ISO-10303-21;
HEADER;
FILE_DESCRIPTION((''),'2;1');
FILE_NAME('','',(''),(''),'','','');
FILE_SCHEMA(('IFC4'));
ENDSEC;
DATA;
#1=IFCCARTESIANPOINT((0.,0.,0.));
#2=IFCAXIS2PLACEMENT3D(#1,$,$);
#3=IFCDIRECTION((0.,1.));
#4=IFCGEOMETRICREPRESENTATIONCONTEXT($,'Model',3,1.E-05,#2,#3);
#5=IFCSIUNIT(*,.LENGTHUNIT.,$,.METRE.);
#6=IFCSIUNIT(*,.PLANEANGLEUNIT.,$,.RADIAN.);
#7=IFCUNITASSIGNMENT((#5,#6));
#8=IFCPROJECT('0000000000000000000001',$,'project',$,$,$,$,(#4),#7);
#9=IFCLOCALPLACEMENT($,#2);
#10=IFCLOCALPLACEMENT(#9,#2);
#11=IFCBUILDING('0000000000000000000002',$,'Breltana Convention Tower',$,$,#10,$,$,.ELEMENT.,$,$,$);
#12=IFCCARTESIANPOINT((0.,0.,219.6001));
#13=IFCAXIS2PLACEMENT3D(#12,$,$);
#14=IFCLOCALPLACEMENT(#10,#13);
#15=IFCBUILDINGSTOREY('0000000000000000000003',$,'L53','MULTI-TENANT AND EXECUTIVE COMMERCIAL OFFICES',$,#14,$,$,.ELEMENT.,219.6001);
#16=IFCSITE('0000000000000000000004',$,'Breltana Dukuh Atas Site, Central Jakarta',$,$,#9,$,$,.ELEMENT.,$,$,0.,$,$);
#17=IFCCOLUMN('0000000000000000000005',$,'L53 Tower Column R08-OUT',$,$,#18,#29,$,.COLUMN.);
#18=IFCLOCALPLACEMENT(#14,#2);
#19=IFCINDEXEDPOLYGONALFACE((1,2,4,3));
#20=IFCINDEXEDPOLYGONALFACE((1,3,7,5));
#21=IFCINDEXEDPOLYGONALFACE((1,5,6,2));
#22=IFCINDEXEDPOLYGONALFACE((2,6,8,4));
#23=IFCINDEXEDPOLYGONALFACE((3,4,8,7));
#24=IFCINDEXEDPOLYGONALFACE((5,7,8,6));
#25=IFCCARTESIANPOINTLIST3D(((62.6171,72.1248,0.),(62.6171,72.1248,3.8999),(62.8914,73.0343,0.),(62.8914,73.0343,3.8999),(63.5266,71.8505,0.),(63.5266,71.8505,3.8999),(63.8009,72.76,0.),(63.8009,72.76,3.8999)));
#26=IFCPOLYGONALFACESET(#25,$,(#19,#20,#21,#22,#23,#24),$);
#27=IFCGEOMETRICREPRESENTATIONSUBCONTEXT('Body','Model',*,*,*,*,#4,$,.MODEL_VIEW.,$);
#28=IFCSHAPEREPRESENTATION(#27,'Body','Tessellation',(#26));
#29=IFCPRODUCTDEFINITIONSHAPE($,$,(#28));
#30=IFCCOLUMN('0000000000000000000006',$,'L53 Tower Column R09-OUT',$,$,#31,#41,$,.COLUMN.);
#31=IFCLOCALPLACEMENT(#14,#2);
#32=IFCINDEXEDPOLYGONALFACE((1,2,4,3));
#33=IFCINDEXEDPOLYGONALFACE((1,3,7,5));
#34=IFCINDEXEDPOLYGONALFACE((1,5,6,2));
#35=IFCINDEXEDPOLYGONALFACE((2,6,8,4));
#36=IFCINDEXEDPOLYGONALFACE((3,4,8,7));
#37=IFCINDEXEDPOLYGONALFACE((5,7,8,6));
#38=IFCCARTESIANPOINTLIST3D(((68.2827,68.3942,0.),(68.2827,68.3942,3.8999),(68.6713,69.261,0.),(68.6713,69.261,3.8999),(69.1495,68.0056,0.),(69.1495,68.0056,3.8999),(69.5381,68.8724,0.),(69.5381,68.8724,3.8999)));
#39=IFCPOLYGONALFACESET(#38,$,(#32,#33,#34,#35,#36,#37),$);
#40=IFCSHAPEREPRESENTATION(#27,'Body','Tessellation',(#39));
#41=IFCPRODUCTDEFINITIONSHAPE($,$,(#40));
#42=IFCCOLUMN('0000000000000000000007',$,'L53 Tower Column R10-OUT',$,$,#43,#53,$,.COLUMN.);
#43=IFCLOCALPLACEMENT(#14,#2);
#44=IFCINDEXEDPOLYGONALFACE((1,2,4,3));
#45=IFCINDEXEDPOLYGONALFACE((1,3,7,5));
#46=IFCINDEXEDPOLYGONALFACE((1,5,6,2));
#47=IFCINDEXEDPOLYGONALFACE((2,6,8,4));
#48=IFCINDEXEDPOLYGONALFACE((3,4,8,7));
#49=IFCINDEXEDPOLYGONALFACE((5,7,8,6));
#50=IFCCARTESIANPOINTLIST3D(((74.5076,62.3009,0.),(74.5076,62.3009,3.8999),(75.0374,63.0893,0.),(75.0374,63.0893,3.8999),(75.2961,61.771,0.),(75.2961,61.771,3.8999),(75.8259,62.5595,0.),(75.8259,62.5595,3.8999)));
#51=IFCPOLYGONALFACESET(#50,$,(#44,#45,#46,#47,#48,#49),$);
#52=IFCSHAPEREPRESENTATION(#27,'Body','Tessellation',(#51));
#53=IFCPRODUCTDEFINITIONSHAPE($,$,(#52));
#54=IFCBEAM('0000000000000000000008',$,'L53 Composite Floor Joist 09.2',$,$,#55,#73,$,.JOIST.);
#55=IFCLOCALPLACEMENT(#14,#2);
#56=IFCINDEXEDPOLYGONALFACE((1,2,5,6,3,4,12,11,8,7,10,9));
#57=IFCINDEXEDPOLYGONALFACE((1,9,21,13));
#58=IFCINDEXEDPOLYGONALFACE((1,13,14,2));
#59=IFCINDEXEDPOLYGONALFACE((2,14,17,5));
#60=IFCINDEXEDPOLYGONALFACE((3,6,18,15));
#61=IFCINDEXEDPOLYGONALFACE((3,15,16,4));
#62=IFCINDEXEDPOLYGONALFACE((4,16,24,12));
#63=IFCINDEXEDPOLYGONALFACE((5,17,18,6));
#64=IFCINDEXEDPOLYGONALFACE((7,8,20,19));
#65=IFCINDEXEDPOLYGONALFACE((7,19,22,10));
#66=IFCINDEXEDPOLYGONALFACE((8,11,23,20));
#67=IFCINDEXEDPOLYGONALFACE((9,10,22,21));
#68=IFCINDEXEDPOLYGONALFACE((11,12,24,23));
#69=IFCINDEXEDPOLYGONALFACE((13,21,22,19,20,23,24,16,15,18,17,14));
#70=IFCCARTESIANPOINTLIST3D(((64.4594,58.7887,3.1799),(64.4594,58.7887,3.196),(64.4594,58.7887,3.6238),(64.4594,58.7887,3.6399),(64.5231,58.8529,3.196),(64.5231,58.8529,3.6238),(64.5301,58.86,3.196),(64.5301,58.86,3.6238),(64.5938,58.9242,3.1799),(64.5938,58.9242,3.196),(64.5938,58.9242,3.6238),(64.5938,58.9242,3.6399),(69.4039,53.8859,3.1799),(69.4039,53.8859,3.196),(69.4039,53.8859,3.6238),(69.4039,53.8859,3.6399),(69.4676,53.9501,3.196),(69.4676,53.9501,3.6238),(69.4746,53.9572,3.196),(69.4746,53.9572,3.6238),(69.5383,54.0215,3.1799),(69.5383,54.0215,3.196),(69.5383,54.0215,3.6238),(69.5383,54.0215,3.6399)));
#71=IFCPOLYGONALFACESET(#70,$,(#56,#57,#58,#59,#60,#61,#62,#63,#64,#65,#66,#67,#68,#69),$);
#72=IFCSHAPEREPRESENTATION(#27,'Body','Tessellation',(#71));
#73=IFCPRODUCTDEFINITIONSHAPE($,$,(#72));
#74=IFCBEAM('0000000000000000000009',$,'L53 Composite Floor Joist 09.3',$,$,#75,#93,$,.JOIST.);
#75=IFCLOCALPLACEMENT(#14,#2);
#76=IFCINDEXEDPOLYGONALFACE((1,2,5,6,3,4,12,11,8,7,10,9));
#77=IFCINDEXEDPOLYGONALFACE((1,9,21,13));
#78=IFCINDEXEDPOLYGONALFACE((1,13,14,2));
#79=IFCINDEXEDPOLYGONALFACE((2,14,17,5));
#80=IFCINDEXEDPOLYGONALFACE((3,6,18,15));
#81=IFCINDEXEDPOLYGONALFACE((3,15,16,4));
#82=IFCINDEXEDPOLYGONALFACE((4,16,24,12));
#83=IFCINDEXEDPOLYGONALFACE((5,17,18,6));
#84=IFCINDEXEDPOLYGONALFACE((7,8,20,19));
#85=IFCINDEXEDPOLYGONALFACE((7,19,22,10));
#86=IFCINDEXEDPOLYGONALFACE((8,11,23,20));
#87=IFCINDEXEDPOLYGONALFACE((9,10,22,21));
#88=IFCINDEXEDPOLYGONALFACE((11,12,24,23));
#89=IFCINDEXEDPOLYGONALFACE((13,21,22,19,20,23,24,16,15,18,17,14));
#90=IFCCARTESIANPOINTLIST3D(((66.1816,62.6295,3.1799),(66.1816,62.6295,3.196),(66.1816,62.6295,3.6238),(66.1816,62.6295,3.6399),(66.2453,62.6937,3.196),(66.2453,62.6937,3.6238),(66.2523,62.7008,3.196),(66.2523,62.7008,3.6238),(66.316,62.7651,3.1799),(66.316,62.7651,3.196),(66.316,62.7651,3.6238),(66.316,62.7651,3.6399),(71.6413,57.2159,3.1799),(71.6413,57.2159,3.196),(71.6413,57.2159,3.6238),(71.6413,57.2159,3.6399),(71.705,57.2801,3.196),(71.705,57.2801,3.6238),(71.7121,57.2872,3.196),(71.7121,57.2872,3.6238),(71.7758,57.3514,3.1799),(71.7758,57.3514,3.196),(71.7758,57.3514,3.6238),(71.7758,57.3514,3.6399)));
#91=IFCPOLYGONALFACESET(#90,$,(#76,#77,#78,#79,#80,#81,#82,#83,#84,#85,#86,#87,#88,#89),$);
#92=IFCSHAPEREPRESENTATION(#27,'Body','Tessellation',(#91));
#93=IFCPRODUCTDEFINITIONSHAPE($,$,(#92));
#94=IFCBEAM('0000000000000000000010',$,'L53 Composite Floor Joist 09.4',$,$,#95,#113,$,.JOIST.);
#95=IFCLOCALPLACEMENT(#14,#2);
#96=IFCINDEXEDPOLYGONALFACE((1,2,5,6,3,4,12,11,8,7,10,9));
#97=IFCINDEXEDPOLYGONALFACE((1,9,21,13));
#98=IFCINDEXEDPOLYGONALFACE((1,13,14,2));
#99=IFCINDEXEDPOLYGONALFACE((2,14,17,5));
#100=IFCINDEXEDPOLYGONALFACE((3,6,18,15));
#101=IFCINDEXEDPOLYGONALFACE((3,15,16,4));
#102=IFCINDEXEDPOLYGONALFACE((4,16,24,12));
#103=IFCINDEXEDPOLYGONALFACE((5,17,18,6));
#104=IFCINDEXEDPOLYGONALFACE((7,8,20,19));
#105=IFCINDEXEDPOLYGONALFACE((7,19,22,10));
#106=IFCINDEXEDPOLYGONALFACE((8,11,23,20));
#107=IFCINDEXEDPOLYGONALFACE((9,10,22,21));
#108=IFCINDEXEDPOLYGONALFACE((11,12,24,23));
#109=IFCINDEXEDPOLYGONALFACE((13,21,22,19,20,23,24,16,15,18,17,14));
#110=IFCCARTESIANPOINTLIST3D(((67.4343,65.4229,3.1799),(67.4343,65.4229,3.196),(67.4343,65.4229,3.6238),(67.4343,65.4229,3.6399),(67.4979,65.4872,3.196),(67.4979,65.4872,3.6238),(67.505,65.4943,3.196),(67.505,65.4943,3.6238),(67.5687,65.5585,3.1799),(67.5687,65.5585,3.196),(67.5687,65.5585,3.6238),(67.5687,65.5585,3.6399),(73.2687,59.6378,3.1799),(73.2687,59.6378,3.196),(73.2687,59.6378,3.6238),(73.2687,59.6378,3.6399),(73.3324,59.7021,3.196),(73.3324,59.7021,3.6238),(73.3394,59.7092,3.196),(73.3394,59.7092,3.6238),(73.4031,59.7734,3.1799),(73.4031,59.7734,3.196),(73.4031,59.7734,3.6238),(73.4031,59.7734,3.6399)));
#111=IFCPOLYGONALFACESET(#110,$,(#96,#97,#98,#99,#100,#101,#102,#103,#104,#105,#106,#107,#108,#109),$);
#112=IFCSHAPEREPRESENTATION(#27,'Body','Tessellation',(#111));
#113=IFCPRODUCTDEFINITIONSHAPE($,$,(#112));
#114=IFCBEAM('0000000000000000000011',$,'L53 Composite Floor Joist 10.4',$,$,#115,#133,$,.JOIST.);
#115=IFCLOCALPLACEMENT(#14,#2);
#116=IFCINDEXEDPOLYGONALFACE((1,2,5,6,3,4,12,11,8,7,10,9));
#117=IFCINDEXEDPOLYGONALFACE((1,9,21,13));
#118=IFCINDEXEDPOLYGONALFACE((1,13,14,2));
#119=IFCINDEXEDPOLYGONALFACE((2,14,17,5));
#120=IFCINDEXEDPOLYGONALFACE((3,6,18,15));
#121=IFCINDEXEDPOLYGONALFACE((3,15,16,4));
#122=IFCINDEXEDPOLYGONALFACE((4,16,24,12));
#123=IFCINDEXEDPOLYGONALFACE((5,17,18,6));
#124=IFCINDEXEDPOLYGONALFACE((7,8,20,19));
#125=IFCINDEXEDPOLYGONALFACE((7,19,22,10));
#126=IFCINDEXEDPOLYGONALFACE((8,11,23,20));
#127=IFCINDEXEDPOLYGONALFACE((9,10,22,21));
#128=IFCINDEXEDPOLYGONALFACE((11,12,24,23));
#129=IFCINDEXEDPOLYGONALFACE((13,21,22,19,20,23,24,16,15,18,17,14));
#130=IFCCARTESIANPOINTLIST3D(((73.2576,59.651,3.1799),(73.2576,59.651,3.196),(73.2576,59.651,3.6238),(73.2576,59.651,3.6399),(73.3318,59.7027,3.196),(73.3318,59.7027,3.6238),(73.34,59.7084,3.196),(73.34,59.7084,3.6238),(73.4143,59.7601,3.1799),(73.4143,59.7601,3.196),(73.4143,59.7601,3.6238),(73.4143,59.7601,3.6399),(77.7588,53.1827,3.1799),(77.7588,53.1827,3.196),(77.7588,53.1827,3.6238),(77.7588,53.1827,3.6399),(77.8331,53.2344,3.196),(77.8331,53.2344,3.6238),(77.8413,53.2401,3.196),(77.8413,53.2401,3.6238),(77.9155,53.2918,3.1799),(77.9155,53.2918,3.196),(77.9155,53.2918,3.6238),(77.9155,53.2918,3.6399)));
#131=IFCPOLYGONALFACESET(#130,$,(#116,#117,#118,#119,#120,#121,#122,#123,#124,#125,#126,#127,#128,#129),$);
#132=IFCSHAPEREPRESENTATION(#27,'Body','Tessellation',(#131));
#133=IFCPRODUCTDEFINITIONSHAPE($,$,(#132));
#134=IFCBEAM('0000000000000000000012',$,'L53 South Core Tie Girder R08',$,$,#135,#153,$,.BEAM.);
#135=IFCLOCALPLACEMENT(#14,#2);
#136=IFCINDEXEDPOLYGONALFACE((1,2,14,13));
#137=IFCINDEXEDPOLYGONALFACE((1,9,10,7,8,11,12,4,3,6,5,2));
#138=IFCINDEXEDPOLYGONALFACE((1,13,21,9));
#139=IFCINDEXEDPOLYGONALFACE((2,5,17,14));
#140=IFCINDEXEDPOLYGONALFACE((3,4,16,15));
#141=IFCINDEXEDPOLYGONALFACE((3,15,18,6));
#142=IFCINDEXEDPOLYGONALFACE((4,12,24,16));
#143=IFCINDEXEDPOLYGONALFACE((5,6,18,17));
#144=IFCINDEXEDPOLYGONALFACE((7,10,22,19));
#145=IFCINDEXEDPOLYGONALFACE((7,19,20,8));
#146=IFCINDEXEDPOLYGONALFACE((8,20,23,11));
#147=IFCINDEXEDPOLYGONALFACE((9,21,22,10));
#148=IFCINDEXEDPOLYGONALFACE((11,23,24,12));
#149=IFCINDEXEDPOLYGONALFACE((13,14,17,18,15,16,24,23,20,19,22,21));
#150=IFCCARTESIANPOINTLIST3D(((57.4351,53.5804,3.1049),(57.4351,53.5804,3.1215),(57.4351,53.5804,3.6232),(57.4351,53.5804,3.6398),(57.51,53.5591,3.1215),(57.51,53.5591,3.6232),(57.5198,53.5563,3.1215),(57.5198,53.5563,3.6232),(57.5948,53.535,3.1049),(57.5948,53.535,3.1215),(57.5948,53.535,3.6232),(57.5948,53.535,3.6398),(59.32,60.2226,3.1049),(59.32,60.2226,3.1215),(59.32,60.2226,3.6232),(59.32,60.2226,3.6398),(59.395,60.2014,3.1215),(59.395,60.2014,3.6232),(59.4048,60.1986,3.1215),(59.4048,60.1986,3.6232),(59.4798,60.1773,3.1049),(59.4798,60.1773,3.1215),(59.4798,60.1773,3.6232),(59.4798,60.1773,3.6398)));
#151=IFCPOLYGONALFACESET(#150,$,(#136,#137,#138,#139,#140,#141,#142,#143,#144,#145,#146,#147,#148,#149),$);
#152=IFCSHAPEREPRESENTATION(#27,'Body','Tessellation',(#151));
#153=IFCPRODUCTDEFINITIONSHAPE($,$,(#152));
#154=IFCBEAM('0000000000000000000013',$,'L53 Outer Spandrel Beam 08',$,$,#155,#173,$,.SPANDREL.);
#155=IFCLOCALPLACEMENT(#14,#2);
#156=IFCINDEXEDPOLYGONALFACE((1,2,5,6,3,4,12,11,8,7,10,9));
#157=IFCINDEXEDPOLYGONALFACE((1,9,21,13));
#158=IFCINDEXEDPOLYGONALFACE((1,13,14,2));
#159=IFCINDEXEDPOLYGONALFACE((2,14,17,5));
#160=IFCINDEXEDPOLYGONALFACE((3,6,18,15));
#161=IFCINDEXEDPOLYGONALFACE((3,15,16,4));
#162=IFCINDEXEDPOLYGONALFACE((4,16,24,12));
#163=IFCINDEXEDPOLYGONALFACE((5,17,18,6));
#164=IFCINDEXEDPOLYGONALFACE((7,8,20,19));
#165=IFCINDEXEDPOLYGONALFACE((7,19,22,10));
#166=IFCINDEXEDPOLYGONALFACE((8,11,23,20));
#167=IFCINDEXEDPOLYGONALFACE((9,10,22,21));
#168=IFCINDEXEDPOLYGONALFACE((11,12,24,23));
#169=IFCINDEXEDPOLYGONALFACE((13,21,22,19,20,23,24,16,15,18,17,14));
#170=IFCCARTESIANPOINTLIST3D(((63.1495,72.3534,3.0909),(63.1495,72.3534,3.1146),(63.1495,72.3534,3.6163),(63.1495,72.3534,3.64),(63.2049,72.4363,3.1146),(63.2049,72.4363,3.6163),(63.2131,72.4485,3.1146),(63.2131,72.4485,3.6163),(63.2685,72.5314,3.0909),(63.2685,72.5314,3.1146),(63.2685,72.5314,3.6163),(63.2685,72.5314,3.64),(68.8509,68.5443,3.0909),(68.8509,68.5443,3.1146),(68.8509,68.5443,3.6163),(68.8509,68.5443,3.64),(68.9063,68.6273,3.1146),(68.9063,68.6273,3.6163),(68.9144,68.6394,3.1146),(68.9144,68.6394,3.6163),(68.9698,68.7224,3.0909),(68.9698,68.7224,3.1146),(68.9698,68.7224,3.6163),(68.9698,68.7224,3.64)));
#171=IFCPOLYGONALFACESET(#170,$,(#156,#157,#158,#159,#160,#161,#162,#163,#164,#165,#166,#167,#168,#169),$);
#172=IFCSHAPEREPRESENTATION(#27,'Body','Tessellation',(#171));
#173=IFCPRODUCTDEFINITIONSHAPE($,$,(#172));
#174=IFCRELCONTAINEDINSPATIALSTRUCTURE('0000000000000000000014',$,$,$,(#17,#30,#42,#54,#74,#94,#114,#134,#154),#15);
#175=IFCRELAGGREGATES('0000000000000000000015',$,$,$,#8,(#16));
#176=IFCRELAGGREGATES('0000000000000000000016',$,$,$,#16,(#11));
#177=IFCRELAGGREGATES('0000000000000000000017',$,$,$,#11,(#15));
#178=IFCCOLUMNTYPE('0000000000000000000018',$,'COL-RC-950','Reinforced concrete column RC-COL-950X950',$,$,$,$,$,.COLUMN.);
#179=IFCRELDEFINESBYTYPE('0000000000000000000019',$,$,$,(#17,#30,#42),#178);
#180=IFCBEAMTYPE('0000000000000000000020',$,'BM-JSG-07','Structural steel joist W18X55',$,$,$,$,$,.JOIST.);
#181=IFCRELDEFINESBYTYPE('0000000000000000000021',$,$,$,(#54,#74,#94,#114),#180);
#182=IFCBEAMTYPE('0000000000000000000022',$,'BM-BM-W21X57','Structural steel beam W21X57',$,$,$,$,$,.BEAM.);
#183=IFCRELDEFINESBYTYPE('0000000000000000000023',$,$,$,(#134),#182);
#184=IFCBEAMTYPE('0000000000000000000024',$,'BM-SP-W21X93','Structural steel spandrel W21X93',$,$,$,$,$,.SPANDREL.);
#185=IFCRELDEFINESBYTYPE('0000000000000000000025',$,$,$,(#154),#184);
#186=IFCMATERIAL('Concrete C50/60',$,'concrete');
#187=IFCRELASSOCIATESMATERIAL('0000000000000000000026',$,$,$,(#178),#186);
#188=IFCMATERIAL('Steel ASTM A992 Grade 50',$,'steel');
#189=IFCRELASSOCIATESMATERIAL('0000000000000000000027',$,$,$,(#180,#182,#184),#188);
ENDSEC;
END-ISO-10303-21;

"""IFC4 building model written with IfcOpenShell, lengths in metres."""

from ifc_helpers import new_model, si_unit, direction, frame, origin, origin_2d, place, context, subcontext, project, spatial, rectangle, i_section, extrude, source, transform, mapped, material, material_profile, profile_set, type_object, type_shapes, element, save


model = new_model("IFC4")

# Units and contexts
model_context = context("Model", 3, precision=1e-05, world=origin(), true_north=direction((0.0, 1.0)))
body_context = subcontext(model_context, "Body", "Model", "MODEL_VIEW")
ifc_project = project(units=[si_unit("LENGTHUNIT", "METRE"), si_unit("PLANEANGLEUNIT", "RADIAN")], contexts=[model_context])

# Site, building, storey
site_placement = place(None, origin())
site = spatial("IfcSite", under=ifc_project, at=site_placement, Name="Breltana Dukuh Atas Site, Central Jakarta", CompositionType="ELEMENT", RefElevation=0.0)
building_placement = place(site_placement, origin())
building = spatial("IfcBuilding", under=site, at=building_placement, Name="Breltana Convention Tower", CompositionType="ELEMENT")
storey_placement = place(building_placement, frame((0.0, 0.0, 219.6001)))
storey = spatial("IfcBuildingStorey", under=building, at=storey_placement, Name="L53", Description="MULTI-TENANT AND EXECUTIVE COMMERCIAL OFFICES", CompositionType="ELEMENT", Elevation=219.6001)

# Columns
ifc_material_1 = material(Name="Concrete C50/60", Category="concrete")
ifc_material_profile_1 = material_profile(ifc_material_1, rectangle(XDim=0.95, YDim=0.95, at=origin_2d()), Name="RC-COL-950X950")
ifc_profile_set_1 = profile_set([ifc_material_profile_1], Name="Concrete C50/60")
column_type = type_object("IfcColumnType", Name="COL-RC-950", Description="Reinforced concrete column RC-COL-950X950", PredefinedType="COLUMN", material=ifc_profile_set_1)
shared_shape_1 = source(origin(), body_context, "Body", "SweptSolid", [
    extrude(rectangle(XDim=0.95, YDim=0.95, at=origin_2d()), origin(), (0.0, 0.0, 1.0), 3.8999),
])
for number, where, z_axis, x_axis, name in (
    (1, (63.209, 72.4424, 0.0), (0.0, 0.0, 1.0), (0.288698, 0.95742, 0.0), "L53 Tower Column R08-OUT"),
    (2, (68.9104, 68.6333, 0.0), (0.0, 0.0, 1.0), (0.409127, 0.912477, 0.0), "L53 Tower Column R09-OUT"),
    (3, (75.1667, 62.4302, 0.0), (0.0, 0.0, 1.0), (0.557745, 0.830012, 0.0), "L53 Tower Column R10-OUT"),
):
    element("IfcColumn", number, at=place(storey_placement, frame(where, z_axis=z_axis, x_axis=x_axis)), inside=storey, type_object=column_type, Name=name, PredefinedType="COLUMN", context=body_context, shape_type="MappedRepresentation", body=[
        mapped(shared_shape_1, transform((0.0, 0.0, 0.0), scale=1.0)),
    ])

# Beams
ifc_material_2 = material(Name="Steel ASTM A992 Grade 50", Category="steel")
ifc_material_profile_2 = material_profile(ifc_material_2, i_section(OverallWidth=0.1909, OverallDepth=0.46, WebThickness=0.01, FlangeThickness=0.0161, at=origin_2d()), Name="W18X55")
ifc_profile_set_2 = profile_set([ifc_material_profile_2], Name="Steel ASTM A992 Grade 50")
beam_type_1 = type_object("IfcBeamType", Name="BM-JSG-07", Description="Structural steel joist W18X55", PredefinedType="JOIST", material=ifc_profile_set_2)
shared_shape_2 = source(origin(), body_context, "Body", "SweptSolid", [
    extrude(i_section(OverallWidth=0.1909, OverallDepth=0.46, WebThickness=0.01, FlangeThickness=0.0161, at=origin_2d()), origin(), (0.0, 0.0, 1.0), 6.9631),
])
beam_1_placement = place(storey_placement, frame((64.5266, 58.8564, 3.4099), z_axis=(0.710098, -0.704103, 0.0), x_axis=(0.704103, 0.710098, 0.0)))
element("IfcBeam", 4, at=beam_1_placement, inside=storey, type_object=beam_type_1, Name="L53 Composite Floor Joist 09.2", PredefinedType="JOIST", context=body_context, shape_type="MappedRepresentation", body=[
    mapped(shared_shape_2, transform((0.0, 0.0, 0.0), scale=1.0)),
])
shared_shape_3 = source(origin(), body_context, "Body", "SweptSolid", [
    extrude(i_section(OverallWidth=0.1909, OverallDepth=0.46, WebThickness=0.01, FlangeThickness=0.0161, at=origin_2d()), origin(), (0.0, 0.0, 1.0), 7.6887),
])
beam_2_placement = place(storey_placement, frame((66.2488, 62.6973, 3.4099), z_axis=(0.710101, -0.7041, 0.0), x_axis=(0.7041, 0.710101, 0.0)))
element("IfcBeam", 5, at=beam_2_placement, inside=storey, type_object=beam_type_1, Name="L53 Composite Floor Joist 09.3", PredefinedType="JOIST", context=body_context, shape_type="MappedRepresentation", body=[
    mapped(shared_shape_3, transform((0.0, 0.0, 0.0), scale=1.0)),
])
shared_shape_4 = source(origin(), body_context, "Body", "SweptSolid", [
    extrude(i_section(OverallWidth=0.1909, OverallDepth=0.46, WebThickness=0.01, FlangeThickness=0.0161, at=origin_2d()), origin(), (0.0, 0.0, 1.0), 8.2163),
])
beam_3_placement = place(storey_placement, frame((67.5015, 65.4907, 3.4099), z_axis=(0.710102, -0.704099, 0.0), x_axis=(0.704099, 0.710102, 0.0)))
element("IfcBeam", 6, at=beam_3_placement, inside=storey, type_object=beam_type_1, Name="L53 Composite Floor Joist 09.4", PredefinedType="JOIST", context=body_context, shape_type="MappedRepresentation", body=[
    mapped(shared_shape_4, transform((0.0, 0.0, 0.0), scale=1.0)),
])
shared_shape_5 = source(origin(), body_context, "Body", "SweptSolid", [
    extrude(i_section(OverallWidth=0.1909, OverallDepth=0.46, WebThickness=0.01, FlangeThickness=0.0161, at=origin_2d()), origin(), (0.0, 0.0, 1.0), 7.8804),
])
beam_4_placement = place(storey_placement, frame((73.3359, 59.7056, 3.4099), z_axis=(0.571198, -0.820812, 0.0), x_axis=(0.820812, 0.571198, 0.0)))
element("IfcBeam", 7, at=beam_4_placement, inside=storey, type_object=beam_type_1, Name="L53 Composite Floor Joist 10.4", PredefinedType="JOIST", context=body_context, shape_type="MappedRepresentation", body=[
    mapped(shared_shape_5, transform((0.0, 0.0, 0.0), scale=1.0)),
])
ifc_material_profile_3 = material_profile(ifc_material_2, i_section(OverallWidth=0.166, OverallDepth=0.5349, WebThickness=0.0103, FlangeThickness=0.0166, at=origin_2d()), Name="W21X57")
ifc_profile_set_3 = profile_set([ifc_material_profile_3], Name="Steel ASTM A992 Grade 50")
beam_type_2 = type_object("IfcBeamType", Name="BM-BM-W21X57", Description="Structural steel beam W21X57", PredefinedType="BEAM", material=ifc_profile_set_3)
shared_shape_6 = source(origin(), body_context, "Body", "SweptSolid", [
    extrude(i_section(OverallWidth=0.166, OverallDepth=0.5349, WebThickness=0.0103, FlangeThickness=0.0166, at=origin_2d()), origin(), (0.0, 0.0, 1.0), 6.9045),
])
type_shapes(beam_type_2, [shared_shape_6])
beam_5_placement = place(storey_placement, frame((59.3999, 60.2, 3.3723), z_axis=(-0.273007, -0.962012, 0.0), x_axis=(0.962012, -0.273007, 0.0)))
element("IfcBeam", 8, at=beam_5_placement, inside=storey, type_object=beam_type_2, Name="L53 South Core Tie Girder R08", PredefinedType="BEAM", context=body_context, shape_type="MappedRepresentation", body=[
    mapped(shared_shape_6, transform((0.0, 0.0, 0.0), scale=1.0)),
])
ifc_material_profile_4 = material_profile(ifc_material_2, i_section(OverallWidth=0.2141, OverallDepth=0.5491, WebThickness=0.0146, FlangeThickness=0.0237, at=origin_2d()), Name="W21X93")
ifc_profile_set_4 = profile_set([ifc_material_profile_4], Name="Steel ASTM A992 Grade 50")
beam_type_3 = type_object("IfcBeamType", Name="BM-SP-W21X93", Description="Structural steel spandrel W21X93", PredefinedType="SPANDREL", material=ifc_profile_set_4)
shared_shape_7 = source(origin(), body_context, "Body", "SweptSolid", [
    extrude(i_section(OverallWidth=0.2141, OverallDepth=0.5491, WebThickness=0.0146, FlangeThickness=0.0237, at=origin_2d()), origin(), (0.0, 0.0, 1.0), 6.8567),
])
beam_6_placement = place(storey_placement, frame((63.209, 72.4424, 3.3655), z_axis=(0.831502, -0.555522, 0.0), x_axis=(0.555522, 0.831502, 0.0)))
element("IfcBeam", 9, at=beam_6_placement, inside=storey, type_object=beam_type_3, Name="L53 Outer Spandrel Beam 08", PredefinedType="SPANDREL", context=body_context, shape_type="MappedRepresentation", body=[
    mapped(shared_shape_7, transform((0.0, 0.0, 0.0), scale=1.0)),
])

save(model, "model.ifc")
